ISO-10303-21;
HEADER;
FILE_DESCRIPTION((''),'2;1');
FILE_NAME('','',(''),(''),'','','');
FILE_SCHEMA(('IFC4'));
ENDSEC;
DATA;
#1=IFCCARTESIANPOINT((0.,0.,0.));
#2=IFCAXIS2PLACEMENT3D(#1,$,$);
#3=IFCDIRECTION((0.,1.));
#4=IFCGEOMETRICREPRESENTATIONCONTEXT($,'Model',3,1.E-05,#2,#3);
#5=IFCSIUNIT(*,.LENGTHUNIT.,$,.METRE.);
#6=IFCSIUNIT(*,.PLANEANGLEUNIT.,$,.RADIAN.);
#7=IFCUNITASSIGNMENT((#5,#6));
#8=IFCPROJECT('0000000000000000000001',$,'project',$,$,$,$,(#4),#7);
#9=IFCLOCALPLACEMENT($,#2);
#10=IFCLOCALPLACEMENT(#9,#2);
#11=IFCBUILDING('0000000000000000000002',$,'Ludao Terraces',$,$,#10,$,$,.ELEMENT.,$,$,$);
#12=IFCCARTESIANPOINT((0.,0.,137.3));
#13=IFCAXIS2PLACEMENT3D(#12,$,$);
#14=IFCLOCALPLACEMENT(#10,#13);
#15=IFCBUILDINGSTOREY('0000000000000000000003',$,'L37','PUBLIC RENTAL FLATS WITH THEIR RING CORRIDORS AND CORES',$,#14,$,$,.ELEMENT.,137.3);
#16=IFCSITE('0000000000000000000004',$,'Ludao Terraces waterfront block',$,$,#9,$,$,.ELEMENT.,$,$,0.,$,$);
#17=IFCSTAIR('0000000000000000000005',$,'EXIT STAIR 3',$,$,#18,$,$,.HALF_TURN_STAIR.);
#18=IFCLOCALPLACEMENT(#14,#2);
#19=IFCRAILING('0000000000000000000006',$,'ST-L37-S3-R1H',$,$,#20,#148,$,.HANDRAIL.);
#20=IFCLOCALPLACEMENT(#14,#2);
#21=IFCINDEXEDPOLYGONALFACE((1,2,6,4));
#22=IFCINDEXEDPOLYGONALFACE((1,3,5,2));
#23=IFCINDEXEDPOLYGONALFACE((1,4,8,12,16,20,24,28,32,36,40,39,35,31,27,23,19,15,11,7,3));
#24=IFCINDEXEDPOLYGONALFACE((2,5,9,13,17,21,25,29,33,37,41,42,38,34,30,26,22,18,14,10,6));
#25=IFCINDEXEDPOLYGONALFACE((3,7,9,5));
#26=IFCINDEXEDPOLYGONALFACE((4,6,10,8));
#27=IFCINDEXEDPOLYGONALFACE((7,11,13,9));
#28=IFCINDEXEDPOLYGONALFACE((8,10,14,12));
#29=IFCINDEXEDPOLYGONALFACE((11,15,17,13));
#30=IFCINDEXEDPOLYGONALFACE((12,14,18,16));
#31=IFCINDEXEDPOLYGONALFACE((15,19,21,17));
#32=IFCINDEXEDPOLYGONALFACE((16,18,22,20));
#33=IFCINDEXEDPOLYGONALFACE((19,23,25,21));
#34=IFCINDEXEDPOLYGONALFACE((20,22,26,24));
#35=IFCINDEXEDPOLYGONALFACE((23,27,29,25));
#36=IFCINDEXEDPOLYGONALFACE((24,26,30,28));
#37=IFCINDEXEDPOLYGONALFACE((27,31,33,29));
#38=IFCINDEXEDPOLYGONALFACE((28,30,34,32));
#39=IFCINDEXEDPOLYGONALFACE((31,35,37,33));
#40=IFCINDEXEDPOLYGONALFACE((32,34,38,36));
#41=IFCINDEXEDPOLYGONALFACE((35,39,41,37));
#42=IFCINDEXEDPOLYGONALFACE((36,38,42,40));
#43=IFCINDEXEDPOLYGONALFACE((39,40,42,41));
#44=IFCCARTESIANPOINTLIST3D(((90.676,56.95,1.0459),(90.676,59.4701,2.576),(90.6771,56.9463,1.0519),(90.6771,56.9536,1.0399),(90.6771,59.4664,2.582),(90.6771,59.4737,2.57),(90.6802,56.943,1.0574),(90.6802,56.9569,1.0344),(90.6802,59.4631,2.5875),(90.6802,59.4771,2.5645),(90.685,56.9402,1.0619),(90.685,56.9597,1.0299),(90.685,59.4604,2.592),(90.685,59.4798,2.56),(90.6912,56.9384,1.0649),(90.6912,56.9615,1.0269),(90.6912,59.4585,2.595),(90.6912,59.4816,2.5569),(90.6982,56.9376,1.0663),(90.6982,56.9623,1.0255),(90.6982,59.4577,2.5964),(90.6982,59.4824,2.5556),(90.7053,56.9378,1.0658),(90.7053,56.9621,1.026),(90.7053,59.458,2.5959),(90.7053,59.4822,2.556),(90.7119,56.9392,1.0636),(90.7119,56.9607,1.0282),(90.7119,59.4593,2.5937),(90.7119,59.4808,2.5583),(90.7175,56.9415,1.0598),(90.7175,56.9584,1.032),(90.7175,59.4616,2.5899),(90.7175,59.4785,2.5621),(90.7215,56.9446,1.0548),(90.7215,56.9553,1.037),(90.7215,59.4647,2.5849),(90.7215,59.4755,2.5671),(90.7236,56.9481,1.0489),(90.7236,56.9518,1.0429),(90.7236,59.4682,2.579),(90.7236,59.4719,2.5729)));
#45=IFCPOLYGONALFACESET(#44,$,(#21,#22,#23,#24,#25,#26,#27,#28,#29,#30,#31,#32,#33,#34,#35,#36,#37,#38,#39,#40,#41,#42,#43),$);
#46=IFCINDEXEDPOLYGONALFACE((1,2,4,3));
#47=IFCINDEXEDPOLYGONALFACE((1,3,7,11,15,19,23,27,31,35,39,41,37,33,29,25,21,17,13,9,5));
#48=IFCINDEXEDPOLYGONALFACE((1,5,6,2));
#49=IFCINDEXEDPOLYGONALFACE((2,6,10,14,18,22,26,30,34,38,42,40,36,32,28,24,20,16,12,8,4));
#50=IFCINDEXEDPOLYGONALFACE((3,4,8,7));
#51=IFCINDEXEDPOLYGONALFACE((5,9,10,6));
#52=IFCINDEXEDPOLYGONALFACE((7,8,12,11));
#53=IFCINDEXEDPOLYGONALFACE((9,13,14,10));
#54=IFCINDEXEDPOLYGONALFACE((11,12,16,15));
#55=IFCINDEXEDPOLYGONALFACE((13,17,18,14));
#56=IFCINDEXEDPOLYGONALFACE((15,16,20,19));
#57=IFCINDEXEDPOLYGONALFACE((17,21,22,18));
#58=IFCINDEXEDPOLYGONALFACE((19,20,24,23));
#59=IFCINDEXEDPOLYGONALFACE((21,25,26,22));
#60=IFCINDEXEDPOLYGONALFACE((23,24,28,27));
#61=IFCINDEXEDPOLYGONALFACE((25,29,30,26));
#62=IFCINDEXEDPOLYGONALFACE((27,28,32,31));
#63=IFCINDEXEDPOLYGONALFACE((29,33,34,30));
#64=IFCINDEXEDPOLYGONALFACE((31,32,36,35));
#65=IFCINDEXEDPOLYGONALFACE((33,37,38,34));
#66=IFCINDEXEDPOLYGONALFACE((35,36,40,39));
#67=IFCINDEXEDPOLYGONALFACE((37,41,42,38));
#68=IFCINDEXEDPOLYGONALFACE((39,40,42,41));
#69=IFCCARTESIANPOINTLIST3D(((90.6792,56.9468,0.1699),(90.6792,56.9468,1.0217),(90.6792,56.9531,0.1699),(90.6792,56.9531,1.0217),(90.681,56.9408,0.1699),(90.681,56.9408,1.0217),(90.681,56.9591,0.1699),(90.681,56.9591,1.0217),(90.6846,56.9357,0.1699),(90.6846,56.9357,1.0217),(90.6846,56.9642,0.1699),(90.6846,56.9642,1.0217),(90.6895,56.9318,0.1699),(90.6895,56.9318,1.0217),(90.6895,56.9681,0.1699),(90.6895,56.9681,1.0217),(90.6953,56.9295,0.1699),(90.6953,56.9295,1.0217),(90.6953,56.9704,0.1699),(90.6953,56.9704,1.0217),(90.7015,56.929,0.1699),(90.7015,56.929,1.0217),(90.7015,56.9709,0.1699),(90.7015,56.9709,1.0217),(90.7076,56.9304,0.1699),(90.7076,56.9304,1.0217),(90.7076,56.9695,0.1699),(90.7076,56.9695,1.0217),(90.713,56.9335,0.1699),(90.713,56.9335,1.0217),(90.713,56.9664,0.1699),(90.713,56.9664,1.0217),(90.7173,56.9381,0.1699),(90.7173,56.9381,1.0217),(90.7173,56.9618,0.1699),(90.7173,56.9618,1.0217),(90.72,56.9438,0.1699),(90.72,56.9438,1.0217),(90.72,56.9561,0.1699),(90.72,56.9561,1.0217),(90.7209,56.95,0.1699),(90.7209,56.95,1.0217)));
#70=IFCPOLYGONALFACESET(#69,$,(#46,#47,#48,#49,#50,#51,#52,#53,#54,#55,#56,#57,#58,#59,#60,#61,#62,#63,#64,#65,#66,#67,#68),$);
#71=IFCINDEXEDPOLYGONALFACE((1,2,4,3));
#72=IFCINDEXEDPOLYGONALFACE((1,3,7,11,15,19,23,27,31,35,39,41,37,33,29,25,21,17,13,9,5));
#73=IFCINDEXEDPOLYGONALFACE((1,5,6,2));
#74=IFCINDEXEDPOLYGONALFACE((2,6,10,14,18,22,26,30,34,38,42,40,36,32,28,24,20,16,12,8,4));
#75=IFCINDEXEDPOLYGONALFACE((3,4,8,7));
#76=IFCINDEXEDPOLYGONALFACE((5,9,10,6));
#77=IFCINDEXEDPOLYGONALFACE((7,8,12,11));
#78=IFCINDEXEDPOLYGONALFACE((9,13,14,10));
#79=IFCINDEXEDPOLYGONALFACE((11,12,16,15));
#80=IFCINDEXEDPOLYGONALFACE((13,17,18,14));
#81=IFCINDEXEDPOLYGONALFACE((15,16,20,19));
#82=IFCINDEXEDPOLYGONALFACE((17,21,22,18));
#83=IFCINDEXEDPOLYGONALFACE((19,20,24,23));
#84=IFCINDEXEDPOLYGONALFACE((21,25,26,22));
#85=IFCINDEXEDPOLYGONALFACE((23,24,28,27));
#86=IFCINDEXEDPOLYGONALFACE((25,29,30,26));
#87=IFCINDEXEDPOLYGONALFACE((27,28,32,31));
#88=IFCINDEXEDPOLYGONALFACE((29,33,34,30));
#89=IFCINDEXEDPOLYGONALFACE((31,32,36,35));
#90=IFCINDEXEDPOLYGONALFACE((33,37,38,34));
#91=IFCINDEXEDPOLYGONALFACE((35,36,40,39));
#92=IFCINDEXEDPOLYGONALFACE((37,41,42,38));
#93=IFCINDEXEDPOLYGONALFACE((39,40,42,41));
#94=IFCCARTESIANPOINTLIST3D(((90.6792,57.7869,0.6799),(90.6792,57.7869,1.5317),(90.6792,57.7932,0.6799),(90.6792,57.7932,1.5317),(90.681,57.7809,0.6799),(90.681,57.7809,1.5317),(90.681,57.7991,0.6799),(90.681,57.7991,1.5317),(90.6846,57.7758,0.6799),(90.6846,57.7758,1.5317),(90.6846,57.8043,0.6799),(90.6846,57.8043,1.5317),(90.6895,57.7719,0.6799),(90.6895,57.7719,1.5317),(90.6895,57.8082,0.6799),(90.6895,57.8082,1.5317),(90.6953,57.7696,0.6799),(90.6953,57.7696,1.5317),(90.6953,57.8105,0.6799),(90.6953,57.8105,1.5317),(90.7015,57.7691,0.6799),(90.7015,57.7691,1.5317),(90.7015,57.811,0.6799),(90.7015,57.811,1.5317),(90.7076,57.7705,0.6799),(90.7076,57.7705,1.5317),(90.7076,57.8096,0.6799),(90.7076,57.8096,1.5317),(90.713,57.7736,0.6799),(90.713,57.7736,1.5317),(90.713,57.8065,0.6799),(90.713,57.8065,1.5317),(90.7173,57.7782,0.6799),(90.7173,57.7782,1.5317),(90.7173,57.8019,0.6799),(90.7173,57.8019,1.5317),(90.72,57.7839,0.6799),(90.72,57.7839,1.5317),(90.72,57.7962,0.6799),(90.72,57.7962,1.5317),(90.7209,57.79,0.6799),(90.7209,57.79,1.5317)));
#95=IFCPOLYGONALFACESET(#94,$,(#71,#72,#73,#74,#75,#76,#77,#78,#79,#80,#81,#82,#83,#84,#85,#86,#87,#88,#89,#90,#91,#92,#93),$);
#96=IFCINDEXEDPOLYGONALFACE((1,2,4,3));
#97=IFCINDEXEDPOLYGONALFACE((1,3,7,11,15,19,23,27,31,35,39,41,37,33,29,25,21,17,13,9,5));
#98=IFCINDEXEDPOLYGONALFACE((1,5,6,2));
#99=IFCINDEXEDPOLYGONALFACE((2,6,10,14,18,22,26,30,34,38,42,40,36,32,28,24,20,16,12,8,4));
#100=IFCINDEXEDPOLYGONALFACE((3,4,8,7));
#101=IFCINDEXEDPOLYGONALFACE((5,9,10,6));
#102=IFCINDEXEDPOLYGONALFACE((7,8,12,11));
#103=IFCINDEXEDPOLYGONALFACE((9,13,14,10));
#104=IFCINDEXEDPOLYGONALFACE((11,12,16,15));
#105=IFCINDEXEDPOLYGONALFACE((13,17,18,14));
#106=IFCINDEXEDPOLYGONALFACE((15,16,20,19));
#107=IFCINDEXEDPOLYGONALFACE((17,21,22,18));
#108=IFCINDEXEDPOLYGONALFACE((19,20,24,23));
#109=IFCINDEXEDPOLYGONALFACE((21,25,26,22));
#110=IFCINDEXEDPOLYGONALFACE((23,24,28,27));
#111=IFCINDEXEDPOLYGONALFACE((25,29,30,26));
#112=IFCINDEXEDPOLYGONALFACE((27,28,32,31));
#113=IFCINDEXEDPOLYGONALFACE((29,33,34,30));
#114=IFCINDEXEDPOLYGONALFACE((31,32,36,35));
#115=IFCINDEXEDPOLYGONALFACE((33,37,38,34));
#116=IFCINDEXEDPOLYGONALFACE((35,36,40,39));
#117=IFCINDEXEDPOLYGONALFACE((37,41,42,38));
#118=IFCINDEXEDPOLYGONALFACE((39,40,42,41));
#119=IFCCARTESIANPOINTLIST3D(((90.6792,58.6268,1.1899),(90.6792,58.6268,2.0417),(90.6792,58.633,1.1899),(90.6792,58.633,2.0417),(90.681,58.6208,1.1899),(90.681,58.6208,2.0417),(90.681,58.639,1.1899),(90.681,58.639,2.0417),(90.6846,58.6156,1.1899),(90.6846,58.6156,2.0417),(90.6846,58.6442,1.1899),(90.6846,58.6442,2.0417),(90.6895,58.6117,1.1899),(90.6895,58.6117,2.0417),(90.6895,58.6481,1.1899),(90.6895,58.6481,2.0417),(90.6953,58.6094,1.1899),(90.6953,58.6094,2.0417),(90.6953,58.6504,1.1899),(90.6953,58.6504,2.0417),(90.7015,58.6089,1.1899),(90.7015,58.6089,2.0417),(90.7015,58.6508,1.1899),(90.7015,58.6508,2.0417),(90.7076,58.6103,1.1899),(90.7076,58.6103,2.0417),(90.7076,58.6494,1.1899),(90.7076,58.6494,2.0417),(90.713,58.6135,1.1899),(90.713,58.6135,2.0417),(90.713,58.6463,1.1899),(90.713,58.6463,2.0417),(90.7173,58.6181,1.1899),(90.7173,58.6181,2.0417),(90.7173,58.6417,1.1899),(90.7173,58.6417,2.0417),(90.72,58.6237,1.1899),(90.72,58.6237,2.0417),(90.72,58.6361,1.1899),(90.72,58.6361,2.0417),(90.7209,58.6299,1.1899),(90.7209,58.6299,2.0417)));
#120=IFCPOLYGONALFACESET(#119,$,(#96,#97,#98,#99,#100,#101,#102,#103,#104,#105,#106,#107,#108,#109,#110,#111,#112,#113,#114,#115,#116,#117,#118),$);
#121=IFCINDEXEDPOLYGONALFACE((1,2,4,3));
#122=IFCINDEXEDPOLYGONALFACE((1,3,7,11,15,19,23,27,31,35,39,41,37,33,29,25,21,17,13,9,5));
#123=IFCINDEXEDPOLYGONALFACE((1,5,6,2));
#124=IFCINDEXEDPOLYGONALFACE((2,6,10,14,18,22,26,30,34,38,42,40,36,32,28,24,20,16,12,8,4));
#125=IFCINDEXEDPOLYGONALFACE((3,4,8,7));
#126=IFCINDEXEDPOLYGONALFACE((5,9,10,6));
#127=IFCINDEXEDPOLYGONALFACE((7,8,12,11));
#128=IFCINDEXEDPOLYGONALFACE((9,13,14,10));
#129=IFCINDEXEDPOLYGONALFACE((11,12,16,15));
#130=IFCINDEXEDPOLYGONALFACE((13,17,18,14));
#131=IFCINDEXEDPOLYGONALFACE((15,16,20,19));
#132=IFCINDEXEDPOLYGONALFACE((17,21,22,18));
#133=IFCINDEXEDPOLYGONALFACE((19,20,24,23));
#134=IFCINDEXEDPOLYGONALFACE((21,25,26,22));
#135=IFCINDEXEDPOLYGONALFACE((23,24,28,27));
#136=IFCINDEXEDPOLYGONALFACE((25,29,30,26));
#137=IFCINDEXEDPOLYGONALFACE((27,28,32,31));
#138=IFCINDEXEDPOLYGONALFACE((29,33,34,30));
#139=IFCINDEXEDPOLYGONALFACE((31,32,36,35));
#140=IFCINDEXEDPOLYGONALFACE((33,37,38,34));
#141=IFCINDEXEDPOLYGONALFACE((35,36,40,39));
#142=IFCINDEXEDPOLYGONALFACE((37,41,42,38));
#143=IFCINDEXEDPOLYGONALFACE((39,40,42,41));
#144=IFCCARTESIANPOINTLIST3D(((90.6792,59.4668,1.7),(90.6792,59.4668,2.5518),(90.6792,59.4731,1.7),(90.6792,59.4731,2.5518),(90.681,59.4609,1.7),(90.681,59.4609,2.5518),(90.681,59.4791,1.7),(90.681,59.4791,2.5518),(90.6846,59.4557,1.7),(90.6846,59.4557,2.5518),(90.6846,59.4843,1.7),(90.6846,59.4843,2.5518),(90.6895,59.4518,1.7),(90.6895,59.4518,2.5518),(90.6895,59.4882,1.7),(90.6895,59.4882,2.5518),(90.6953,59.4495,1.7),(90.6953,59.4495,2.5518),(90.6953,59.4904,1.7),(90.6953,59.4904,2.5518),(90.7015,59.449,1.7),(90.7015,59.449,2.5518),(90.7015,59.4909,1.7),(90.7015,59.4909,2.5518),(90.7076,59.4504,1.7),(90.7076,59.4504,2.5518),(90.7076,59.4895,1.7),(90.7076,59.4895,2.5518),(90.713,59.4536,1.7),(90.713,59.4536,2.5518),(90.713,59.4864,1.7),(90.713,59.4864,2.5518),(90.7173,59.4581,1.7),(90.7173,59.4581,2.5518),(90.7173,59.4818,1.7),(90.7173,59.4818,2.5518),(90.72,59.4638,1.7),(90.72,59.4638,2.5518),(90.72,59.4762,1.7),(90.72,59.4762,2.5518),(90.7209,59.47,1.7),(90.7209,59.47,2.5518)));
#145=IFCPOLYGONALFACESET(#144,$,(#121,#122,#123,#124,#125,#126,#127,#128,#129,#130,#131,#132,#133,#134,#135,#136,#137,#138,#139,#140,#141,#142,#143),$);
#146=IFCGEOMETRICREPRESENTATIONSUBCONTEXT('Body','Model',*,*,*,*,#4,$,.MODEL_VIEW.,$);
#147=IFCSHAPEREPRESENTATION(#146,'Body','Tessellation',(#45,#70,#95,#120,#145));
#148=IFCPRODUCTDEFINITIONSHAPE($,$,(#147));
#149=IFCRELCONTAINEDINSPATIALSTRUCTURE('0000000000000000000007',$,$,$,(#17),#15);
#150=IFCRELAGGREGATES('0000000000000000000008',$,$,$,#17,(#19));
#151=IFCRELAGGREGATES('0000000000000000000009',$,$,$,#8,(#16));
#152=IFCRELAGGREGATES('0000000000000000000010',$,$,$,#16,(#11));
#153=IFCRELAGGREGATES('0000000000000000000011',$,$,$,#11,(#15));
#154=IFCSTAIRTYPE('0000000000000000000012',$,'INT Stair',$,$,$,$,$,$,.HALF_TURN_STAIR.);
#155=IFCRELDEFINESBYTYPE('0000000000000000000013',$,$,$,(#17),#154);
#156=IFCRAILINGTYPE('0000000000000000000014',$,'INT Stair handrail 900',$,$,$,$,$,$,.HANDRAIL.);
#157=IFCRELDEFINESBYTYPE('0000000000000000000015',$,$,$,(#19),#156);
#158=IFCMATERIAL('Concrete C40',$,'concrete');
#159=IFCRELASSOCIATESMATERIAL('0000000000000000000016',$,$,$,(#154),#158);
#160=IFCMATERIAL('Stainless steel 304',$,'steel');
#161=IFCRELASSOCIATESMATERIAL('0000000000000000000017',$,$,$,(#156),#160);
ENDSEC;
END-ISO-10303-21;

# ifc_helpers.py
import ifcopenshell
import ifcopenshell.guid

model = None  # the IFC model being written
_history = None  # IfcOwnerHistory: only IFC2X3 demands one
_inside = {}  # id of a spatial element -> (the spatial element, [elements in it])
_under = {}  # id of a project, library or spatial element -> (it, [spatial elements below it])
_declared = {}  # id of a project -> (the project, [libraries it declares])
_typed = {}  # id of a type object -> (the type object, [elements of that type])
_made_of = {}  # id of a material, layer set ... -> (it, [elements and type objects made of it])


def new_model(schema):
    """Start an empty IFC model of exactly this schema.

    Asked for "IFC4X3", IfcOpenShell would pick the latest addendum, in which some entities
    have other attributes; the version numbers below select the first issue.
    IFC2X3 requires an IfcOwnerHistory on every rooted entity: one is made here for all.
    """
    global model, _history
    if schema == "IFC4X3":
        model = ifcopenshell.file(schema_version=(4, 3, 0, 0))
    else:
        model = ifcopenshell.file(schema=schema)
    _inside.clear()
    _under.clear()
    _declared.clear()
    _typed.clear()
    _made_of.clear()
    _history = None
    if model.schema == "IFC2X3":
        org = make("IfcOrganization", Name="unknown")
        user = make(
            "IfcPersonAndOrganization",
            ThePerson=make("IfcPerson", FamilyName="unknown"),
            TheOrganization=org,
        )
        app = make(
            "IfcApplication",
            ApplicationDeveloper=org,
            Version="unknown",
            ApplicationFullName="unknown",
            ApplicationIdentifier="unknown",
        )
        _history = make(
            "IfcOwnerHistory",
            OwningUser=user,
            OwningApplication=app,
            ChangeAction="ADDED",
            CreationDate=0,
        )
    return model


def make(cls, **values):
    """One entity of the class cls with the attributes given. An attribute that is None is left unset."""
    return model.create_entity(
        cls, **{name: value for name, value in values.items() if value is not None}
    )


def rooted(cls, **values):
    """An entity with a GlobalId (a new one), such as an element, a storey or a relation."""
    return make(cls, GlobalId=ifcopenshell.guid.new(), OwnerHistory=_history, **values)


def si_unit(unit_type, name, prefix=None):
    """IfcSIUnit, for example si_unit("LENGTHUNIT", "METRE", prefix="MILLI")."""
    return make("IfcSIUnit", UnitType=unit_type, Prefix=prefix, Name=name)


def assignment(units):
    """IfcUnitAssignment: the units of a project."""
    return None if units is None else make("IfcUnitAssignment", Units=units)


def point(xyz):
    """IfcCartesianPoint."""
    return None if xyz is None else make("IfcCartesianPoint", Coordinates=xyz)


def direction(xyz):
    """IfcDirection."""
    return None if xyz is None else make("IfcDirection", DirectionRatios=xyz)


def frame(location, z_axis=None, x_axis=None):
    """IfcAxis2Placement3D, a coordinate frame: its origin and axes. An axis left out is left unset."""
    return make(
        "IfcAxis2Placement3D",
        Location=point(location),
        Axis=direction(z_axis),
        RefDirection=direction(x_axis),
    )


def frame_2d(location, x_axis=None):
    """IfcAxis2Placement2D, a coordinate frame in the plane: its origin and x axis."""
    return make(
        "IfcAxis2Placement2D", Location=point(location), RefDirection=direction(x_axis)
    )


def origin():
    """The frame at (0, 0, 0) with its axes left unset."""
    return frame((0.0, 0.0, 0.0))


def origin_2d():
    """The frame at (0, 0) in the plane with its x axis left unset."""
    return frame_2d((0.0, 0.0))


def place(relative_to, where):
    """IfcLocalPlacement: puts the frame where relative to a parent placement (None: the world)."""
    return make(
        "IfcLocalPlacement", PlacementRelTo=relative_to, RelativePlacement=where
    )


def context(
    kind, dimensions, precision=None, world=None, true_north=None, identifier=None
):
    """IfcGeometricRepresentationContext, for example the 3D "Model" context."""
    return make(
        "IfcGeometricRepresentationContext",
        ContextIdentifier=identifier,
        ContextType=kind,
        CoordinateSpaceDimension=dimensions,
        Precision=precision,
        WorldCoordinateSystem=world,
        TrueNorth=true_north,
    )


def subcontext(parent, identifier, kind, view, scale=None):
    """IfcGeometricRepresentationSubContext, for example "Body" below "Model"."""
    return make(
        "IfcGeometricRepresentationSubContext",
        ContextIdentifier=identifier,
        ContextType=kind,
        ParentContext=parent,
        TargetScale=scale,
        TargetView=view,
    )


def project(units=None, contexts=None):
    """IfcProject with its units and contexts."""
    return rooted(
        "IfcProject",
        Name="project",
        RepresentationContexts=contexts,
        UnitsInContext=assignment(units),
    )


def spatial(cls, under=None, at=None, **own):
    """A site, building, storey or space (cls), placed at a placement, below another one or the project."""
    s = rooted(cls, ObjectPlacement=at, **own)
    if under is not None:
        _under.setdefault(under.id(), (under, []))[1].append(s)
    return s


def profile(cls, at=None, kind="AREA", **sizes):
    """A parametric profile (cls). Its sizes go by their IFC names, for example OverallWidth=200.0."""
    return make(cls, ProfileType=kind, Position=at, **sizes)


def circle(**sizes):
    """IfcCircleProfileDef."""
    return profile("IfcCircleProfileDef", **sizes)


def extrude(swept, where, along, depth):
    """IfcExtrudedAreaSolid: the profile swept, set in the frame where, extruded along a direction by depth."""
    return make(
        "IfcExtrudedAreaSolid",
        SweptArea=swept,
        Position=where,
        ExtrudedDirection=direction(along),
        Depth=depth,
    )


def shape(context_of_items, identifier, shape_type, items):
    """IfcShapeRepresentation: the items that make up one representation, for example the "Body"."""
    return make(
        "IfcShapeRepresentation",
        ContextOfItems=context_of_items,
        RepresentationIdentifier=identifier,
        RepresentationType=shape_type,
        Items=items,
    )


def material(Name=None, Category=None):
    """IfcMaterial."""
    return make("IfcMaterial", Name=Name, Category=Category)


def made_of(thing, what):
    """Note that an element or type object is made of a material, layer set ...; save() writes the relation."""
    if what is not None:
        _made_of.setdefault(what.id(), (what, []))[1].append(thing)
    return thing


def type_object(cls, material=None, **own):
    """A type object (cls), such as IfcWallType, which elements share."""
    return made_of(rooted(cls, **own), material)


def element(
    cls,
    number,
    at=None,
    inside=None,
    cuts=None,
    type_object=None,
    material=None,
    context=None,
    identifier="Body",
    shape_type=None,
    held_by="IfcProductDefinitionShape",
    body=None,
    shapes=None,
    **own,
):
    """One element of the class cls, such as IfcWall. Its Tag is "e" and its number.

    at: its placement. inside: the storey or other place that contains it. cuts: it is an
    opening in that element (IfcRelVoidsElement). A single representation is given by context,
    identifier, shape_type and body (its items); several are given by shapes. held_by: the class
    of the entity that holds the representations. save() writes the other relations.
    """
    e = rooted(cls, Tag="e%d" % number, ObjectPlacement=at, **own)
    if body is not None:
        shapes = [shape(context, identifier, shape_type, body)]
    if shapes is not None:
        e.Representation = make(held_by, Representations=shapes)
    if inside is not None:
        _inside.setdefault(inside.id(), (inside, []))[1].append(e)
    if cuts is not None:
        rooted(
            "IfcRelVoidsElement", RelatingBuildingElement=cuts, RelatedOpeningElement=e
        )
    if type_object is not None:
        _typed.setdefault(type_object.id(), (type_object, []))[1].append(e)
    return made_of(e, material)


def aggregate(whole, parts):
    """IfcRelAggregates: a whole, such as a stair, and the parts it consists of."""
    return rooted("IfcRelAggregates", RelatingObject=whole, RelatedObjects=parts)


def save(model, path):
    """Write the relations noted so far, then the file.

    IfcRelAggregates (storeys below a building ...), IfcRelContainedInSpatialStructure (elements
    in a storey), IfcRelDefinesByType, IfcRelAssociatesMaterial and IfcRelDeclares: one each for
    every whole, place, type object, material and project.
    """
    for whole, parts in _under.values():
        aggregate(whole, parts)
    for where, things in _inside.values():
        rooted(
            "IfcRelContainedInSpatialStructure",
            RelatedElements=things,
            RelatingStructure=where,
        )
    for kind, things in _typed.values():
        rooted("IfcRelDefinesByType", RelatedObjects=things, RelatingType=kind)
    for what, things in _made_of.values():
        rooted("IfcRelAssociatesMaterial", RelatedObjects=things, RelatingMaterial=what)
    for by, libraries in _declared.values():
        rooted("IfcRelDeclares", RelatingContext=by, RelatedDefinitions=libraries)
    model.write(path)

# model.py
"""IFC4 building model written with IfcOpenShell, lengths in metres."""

from ifc_helpers import new_model, si_unit, direction, frame, origin, origin_2d, place, context, subcontext, project, spatial, circle, extrude, material, type_object, element, aggregate, save


model = new_model("IFC4")

# Units and contexts
model_context = context("Model", 3, precision=1e-05, world=origin(), true_north=direction((0.0, 1.0)))
body_context = subcontext(model_context, "Body", "Model", "MODEL_VIEW")
ifc_project = project(units=[si_unit("LENGTHUNIT", "METRE"), si_unit("PLANEANGLEUNIT", "RADIAN")], contexts=[model_context])

# Site, building, storey
site_placement = place(None, origin())
site = spatial("IfcSite", under=ifc_project, at=site_placement, Name="Ludao Terraces waterfront block", CompositionType="ELEMENT", RefElevation=0.0)
building_placement = place(site_placement, origin())
building = spatial("IfcBuilding", under=site, at=building_placement, Name="Ludao Terraces", CompositionType="ELEMENT")
storey_placement = place(building_placement, frame((0.0, 0.0, 137.3)))
storey = spatial("IfcBuildingStorey", under=building, at=storey_placement, Name="L37", Description="PUBLIC RENTAL FLATS WITH THEIR RING CORRIDORS AND CORES", CompositionType="ELEMENT", Elevation=137.3)

# Shared definitions
ifc_material_1 = material(Name="Concrete C40", Category="concrete")

# Stair, railing
stair_type = type_object("IfcStairType", Name="INT Stair", PredefinedType="HALF_TURN_STAIR", material=ifc_material_1)
stair_placement = place(storey_placement, origin())
stair = element("IfcStair", 1, at=stair_placement, inside=storey, type_object=stair_type, Name="EXIT STAIR 3", PredefinedType="HALF_TURN_STAIR")
ifc_material_2 = material(Name="Stainless steel 304", Category="steel")
railing_type_1 = type_object("IfcRailingType", Name="INT Stair handrail 900", PredefinedType="HANDRAIL", material=ifc_material_2)
railing_1_placement = place(storey_placement, frame((90.7, 56.95, 0.1699)))
railing_1 = element("IfcRailing", 2, at=railing_1_placement, type_object=railing_type_1, Name="ST-L37-S3-R1H", PredefinedType="HANDRAIL", context=body_context, shape_type="SweptSolid", body=[
    extrude(circle(Radius=0.0239, at=origin_2d()), frame((0.0, 0.0, 0.876), z_axis=(0.0, 0.854785, 0.518982), x_axis=(-1.0, 0.0, 0.0)), (0.0, 0.0, 1.0), 2.9482),
    extrude(circle(Radius=0.021, at=origin_2d()), origin(), (0.0, 0.0, 1.0), 0.8518),
    extrude(circle(Radius=0.021, at=origin_2d()), frame((0.0, 0.8401, 0.51)), (0.0, 0.0, 1.0), 0.8518),
    extrude(circle(Radius=0.021, at=origin_2d()), frame((0.0, 1.6799, 1.02)), (0.0, 0.0, 1.0), 0.8518),
    extrude(circle(Radius=0.021, at=origin_2d()), frame((0.0, 2.52, 1.53)), (0.0, 0.0, 1.0), 0.8518),
])
aggregate(stair, [railing_1])

save(model, "model.ifc")
